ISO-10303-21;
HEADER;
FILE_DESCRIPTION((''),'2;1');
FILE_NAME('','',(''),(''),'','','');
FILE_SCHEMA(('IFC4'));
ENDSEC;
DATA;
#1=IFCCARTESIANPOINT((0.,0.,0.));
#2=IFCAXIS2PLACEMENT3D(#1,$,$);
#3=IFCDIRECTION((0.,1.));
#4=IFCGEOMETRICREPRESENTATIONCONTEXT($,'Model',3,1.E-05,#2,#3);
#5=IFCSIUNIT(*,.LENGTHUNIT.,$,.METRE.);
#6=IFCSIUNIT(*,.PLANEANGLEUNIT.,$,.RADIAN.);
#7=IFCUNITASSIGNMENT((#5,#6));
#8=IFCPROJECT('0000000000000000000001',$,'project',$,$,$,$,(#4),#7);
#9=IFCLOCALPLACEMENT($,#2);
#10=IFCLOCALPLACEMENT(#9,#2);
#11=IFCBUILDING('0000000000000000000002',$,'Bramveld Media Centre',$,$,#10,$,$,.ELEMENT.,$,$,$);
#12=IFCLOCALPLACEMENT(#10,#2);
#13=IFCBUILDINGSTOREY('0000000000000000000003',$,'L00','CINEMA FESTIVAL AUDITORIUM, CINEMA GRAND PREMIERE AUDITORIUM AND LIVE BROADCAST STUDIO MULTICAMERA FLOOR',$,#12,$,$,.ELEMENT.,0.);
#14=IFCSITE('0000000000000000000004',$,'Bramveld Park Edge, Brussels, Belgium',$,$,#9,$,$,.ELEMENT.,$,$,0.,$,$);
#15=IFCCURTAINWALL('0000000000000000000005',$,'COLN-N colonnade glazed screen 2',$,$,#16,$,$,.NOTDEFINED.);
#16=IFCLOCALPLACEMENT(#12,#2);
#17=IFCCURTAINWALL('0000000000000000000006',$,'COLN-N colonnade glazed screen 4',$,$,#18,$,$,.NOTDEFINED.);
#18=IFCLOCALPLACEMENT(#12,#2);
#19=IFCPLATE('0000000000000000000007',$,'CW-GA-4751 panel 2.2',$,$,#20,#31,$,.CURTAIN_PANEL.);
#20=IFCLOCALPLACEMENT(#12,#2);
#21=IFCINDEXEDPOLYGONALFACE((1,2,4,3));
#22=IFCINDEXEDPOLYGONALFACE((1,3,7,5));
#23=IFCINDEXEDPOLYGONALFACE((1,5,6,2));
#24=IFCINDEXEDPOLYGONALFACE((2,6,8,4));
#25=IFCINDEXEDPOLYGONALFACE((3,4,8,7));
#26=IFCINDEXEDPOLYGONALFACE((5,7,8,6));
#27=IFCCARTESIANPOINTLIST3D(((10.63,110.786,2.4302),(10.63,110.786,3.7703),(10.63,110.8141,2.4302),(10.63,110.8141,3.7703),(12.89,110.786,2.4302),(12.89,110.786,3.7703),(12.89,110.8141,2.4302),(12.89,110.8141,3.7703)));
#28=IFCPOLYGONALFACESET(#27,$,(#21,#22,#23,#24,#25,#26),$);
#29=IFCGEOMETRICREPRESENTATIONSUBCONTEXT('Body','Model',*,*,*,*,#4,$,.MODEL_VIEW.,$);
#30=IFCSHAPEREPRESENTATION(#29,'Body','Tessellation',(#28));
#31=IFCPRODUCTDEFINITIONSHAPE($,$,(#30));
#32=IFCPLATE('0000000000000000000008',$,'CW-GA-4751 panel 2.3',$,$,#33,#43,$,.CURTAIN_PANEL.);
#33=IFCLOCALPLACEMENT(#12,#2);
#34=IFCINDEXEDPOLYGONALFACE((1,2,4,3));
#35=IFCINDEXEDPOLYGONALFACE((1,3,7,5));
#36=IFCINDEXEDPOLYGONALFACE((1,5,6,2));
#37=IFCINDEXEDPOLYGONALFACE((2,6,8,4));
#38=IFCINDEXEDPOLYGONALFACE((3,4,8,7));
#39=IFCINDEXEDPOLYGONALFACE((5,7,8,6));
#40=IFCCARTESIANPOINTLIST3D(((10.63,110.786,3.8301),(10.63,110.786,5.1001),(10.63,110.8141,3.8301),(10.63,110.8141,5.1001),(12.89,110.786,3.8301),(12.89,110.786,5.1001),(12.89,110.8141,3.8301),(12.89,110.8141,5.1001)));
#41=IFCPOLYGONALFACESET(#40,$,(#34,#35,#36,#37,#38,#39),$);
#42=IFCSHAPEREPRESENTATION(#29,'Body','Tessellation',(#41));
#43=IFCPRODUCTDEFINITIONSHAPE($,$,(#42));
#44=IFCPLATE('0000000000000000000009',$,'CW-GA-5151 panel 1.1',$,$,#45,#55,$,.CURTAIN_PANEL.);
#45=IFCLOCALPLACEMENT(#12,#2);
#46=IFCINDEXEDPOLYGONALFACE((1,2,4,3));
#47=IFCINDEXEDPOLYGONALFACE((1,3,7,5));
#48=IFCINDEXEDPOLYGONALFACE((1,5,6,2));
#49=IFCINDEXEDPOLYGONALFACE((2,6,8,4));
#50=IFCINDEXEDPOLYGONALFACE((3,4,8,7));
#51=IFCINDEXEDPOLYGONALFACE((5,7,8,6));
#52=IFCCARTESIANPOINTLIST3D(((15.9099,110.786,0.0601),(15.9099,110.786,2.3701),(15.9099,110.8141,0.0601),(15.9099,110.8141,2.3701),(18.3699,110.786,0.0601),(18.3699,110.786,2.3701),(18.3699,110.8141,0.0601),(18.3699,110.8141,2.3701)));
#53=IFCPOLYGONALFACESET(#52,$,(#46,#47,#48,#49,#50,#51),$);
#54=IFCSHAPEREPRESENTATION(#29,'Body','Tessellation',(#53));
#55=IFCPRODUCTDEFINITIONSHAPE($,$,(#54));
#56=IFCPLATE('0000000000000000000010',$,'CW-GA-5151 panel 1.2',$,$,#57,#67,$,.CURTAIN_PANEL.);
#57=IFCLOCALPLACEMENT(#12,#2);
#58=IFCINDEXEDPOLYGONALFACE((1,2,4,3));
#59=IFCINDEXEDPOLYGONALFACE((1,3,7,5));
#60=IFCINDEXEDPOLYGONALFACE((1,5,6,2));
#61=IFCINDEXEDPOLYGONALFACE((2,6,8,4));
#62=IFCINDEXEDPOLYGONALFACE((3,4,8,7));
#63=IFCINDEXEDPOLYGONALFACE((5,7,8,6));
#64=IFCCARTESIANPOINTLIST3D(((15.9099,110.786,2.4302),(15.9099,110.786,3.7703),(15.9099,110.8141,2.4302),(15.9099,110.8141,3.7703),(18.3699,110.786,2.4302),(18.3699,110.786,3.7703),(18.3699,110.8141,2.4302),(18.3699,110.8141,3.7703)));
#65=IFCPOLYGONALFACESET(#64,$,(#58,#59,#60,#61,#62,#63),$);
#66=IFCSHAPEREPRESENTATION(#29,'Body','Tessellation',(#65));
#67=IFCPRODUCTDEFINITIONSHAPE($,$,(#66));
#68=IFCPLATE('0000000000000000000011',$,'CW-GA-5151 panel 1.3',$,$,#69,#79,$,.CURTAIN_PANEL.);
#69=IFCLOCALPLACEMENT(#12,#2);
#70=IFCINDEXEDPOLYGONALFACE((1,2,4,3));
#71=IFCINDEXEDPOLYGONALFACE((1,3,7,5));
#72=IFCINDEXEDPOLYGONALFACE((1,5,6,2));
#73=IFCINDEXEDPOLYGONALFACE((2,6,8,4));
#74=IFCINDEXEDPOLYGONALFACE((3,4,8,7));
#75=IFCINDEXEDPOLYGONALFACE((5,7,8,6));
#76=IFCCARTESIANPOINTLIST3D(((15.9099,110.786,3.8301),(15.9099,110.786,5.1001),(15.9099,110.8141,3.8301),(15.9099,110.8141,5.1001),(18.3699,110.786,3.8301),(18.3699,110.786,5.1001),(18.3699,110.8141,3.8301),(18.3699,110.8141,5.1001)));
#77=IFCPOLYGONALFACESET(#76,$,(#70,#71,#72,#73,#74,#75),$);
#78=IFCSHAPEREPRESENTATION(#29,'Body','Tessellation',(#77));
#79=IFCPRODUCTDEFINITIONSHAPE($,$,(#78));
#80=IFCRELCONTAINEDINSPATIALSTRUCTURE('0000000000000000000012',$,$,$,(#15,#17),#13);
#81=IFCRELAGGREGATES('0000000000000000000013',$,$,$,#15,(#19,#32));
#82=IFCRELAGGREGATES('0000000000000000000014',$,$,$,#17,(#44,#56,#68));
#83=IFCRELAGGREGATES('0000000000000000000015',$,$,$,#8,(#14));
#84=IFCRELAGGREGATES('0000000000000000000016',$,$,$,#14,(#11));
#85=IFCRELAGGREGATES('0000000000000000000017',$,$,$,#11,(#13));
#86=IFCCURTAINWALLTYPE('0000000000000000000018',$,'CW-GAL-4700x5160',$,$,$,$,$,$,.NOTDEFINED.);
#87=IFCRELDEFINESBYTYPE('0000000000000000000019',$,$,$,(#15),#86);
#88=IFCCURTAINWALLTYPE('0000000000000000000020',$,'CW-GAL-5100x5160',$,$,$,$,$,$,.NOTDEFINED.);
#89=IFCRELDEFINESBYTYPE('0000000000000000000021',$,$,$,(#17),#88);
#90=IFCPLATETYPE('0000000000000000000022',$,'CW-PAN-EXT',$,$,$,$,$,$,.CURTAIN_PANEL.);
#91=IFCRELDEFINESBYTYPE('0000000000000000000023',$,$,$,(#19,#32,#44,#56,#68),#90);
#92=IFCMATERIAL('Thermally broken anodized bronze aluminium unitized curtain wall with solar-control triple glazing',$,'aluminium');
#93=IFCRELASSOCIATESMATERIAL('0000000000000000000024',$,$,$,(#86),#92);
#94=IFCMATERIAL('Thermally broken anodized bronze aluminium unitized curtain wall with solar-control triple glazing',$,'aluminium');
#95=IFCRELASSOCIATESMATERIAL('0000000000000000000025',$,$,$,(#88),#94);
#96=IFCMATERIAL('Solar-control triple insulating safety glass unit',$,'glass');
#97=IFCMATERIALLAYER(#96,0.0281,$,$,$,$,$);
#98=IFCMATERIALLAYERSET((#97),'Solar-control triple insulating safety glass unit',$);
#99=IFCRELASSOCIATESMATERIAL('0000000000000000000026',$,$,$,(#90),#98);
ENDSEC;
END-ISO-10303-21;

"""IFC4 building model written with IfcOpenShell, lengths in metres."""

from ifc_helpers import new_model, si_unit, direction, frame, origin, origin_2d, place, context, subcontext, project, spatial, rectangle, extrude, material, layer, layer_set, type_object, element, aggregate, save


model = new_model("IFC4")

# Units and contexts
model_context = context("Model", 3, precision=1e-05, world=origin(), true_north=direction((0.0, 1.0)))
body_context = subcontext(model_context, "Body", "Model", "MODEL_VIEW")
ifc_project = project(units=[si_unit("LENGTHUNIT", "METRE"), si_unit("PLANEANGLEUNIT", "RADIAN")], contexts=[model_context])

# Site, building, storey
site_placement = place(None, origin())
site = spatial("IfcSite", under=ifc_project, at=site_placement, Name="Bramveld Park Edge, Brussels, Belgium", CompositionType="ELEMENT", RefElevation=0.0)
building_placement = place(site_placement, origin())
building = spatial("IfcBuilding", under=site, at=building_placement, Name="Bramveld Media Centre", CompositionType="ELEMENT")
storey_placement = place(building_placement, origin())
storey = spatial("IfcBuildingStorey", under=building, at=storey_placement, Name="L00", Description="CINEMA FESTIVAL AUDITORIUM, CINEMA GRAND PREMIERE AUDITORIUM AND LIVE BROADCAST STUDIO MULTICAMERA FLOOR", CompositionType="ELEMENT", Elevation=0.0)

# Curtain walls
ifc_material_1 = material(Name="Thermally broken anodized bronze aluminium unitized curtain wall with solar-control triple glazing", Category="aluminium")
curtain_wall_type_1 = type_object("IfcCurtainWallType", Name="CW-GAL-4700x5160", PredefinedType="NOTDEFINED", material=ifc_material_1)
curtain_wall_1_placement = place(storey_placement, origin())
curtain_wall_1 = element("IfcCurtainWall", 1, at=curtain_wall_1_placement, inside=storey, type_object=curtain_wall_type_1, Name="COLN-N colonnade glazed screen 2", PredefinedType="NOTDEFINED")
ifc_material_2 = material(Name="Thermally broken anodized bronze aluminium unitized curtain wall with solar-control triple glazing", Category="aluminium")
curtain_wall_type_2 = type_object("IfcCurtainWallType", Name="CW-GAL-5100x5160", PredefinedType="NOTDEFINED", material=ifc_material_2)
curtain_wall_2_placement = place(storey_placement, origin())
curtain_wall_2 = element("IfcCurtainWall", 2, at=curtain_wall_2_placement, inside=storey, type_object=curtain_wall_type_2, Name="COLN-N colonnade glazed screen 4", PredefinedType="NOTDEFINED")

# Plates
ifc_material_3 = material(Name="Solar-control triple insulating safety glass unit", Category="glass")
ifc_layer = layer(ifc_material_3, 0.0281)
ifc_layer_set = layer_set([ifc_layer], Name="Solar-control triple insulating safety glass unit")
plate_type = type_object("IfcPlateType", Name="CW-PAN-EXT", PredefinedType="CURTAIN_PANEL", material=ifc_layer_set)
plate_1_placement = place(storey_placement, frame((11.76, 110.8, 2.4302), z_axis=(0.0, 0.0, 1.0), x_axis=(1.0, 0.0, 0.0)))
plate_1 = element("IfcPlate", 3, at=plate_1_placement, type_object=plate_type, Name="CW-GA-4751 panel 2.2", PredefinedType="CURTAIN_PANEL", context=body_context, shape_type="SweptSolid", body=[
    extrude(rectangle(XDim=2.26, YDim=0.0281, at=origin_2d()), origin(), (0.0, 0.0, 1.0), 1.3401),
])
plate_2_placement = place(storey_placement, frame((11.76, 110.8, 3.8301), z_axis=(0.0, 0.0, 1.0), x_axis=(1.0, 0.0, 0.0)))
plate_2 = element("IfcPlate", 4, at=plate_2_placement, type_object=plate_type, Name="CW-GA-4751 panel 2.3", PredefinedType="CURTAIN_PANEL", context=body_context, shape_type="SweptSolid", body=[
    extrude(rectangle(XDim=2.26, YDim=0.0281, at=origin_2d()), origin(), (0.0, 0.0, 1.0), 1.27),
])
aggregate(curtain_wall_1, [plate_1, plate_2])
plate_3_placement = place(storey_placement, frame((17.1399, 110.8, 0.0601), z_axis=(0.0, 0.0, 1.0), x_axis=(1.0, 0.0, 0.0)))
plate_3 = element("IfcPlate", 5, at=plate_3_placement, type_object=plate_type, Name="CW-GA-5151 panel 1.1", PredefinedType="CURTAIN_PANEL", context=body_context, shape_type="SweptSolid", body=[
    extrude(rectangle(XDim=2.46, YDim=0.0281, at=origin_2d()), origin(), (0.0, 0.0, 1.0), 2.3101),
])
plate_4_placement = place(storey_placement, frame((17.1399, 110.8, 2.4302), z_axis=(0.0, 0.0, 1.0), x_axis=(1.0, 0.0, 0.0)))
plate_4 = element("IfcPlate", 6, at=plate_4_placement, type_object=plate_type, Name="CW-GA-5151 panel 1.2", PredefinedType="CURTAIN_PANEL", context=body_context, shape_type="SweptSolid", body=[
    extrude(rectangle(XDim=2.46, YDim=0.0281, at=origin_2d()), origin(), (0.0, 0.0, 1.0), 1.3401),
])
plate_5_placement = place(storey_placement, frame((17.1399, 110.8, 3.8301), z_axis=(0.0, 0.0, 1.0), x_axis=(1.0, 0.0, 0.0)))
plate_5 = element("IfcPlate", 7, at=plate_5_placement, type_object=plate_type, Name="CW-GA-5151 panel 1.3", PredefinedType="CURTAIN_PANEL", context=body_context, shape_type="SweptSolid", body=[
    extrude(rectangle(XDim=2.46, YDim=0.0281, at=origin_2d()), origin(), (0.0, 0.0, 1.0), 1.27),
])
aggregate(curtain_wall_2, [plate_3, plate_4, plate_5])

save(model, "model.ifc")
